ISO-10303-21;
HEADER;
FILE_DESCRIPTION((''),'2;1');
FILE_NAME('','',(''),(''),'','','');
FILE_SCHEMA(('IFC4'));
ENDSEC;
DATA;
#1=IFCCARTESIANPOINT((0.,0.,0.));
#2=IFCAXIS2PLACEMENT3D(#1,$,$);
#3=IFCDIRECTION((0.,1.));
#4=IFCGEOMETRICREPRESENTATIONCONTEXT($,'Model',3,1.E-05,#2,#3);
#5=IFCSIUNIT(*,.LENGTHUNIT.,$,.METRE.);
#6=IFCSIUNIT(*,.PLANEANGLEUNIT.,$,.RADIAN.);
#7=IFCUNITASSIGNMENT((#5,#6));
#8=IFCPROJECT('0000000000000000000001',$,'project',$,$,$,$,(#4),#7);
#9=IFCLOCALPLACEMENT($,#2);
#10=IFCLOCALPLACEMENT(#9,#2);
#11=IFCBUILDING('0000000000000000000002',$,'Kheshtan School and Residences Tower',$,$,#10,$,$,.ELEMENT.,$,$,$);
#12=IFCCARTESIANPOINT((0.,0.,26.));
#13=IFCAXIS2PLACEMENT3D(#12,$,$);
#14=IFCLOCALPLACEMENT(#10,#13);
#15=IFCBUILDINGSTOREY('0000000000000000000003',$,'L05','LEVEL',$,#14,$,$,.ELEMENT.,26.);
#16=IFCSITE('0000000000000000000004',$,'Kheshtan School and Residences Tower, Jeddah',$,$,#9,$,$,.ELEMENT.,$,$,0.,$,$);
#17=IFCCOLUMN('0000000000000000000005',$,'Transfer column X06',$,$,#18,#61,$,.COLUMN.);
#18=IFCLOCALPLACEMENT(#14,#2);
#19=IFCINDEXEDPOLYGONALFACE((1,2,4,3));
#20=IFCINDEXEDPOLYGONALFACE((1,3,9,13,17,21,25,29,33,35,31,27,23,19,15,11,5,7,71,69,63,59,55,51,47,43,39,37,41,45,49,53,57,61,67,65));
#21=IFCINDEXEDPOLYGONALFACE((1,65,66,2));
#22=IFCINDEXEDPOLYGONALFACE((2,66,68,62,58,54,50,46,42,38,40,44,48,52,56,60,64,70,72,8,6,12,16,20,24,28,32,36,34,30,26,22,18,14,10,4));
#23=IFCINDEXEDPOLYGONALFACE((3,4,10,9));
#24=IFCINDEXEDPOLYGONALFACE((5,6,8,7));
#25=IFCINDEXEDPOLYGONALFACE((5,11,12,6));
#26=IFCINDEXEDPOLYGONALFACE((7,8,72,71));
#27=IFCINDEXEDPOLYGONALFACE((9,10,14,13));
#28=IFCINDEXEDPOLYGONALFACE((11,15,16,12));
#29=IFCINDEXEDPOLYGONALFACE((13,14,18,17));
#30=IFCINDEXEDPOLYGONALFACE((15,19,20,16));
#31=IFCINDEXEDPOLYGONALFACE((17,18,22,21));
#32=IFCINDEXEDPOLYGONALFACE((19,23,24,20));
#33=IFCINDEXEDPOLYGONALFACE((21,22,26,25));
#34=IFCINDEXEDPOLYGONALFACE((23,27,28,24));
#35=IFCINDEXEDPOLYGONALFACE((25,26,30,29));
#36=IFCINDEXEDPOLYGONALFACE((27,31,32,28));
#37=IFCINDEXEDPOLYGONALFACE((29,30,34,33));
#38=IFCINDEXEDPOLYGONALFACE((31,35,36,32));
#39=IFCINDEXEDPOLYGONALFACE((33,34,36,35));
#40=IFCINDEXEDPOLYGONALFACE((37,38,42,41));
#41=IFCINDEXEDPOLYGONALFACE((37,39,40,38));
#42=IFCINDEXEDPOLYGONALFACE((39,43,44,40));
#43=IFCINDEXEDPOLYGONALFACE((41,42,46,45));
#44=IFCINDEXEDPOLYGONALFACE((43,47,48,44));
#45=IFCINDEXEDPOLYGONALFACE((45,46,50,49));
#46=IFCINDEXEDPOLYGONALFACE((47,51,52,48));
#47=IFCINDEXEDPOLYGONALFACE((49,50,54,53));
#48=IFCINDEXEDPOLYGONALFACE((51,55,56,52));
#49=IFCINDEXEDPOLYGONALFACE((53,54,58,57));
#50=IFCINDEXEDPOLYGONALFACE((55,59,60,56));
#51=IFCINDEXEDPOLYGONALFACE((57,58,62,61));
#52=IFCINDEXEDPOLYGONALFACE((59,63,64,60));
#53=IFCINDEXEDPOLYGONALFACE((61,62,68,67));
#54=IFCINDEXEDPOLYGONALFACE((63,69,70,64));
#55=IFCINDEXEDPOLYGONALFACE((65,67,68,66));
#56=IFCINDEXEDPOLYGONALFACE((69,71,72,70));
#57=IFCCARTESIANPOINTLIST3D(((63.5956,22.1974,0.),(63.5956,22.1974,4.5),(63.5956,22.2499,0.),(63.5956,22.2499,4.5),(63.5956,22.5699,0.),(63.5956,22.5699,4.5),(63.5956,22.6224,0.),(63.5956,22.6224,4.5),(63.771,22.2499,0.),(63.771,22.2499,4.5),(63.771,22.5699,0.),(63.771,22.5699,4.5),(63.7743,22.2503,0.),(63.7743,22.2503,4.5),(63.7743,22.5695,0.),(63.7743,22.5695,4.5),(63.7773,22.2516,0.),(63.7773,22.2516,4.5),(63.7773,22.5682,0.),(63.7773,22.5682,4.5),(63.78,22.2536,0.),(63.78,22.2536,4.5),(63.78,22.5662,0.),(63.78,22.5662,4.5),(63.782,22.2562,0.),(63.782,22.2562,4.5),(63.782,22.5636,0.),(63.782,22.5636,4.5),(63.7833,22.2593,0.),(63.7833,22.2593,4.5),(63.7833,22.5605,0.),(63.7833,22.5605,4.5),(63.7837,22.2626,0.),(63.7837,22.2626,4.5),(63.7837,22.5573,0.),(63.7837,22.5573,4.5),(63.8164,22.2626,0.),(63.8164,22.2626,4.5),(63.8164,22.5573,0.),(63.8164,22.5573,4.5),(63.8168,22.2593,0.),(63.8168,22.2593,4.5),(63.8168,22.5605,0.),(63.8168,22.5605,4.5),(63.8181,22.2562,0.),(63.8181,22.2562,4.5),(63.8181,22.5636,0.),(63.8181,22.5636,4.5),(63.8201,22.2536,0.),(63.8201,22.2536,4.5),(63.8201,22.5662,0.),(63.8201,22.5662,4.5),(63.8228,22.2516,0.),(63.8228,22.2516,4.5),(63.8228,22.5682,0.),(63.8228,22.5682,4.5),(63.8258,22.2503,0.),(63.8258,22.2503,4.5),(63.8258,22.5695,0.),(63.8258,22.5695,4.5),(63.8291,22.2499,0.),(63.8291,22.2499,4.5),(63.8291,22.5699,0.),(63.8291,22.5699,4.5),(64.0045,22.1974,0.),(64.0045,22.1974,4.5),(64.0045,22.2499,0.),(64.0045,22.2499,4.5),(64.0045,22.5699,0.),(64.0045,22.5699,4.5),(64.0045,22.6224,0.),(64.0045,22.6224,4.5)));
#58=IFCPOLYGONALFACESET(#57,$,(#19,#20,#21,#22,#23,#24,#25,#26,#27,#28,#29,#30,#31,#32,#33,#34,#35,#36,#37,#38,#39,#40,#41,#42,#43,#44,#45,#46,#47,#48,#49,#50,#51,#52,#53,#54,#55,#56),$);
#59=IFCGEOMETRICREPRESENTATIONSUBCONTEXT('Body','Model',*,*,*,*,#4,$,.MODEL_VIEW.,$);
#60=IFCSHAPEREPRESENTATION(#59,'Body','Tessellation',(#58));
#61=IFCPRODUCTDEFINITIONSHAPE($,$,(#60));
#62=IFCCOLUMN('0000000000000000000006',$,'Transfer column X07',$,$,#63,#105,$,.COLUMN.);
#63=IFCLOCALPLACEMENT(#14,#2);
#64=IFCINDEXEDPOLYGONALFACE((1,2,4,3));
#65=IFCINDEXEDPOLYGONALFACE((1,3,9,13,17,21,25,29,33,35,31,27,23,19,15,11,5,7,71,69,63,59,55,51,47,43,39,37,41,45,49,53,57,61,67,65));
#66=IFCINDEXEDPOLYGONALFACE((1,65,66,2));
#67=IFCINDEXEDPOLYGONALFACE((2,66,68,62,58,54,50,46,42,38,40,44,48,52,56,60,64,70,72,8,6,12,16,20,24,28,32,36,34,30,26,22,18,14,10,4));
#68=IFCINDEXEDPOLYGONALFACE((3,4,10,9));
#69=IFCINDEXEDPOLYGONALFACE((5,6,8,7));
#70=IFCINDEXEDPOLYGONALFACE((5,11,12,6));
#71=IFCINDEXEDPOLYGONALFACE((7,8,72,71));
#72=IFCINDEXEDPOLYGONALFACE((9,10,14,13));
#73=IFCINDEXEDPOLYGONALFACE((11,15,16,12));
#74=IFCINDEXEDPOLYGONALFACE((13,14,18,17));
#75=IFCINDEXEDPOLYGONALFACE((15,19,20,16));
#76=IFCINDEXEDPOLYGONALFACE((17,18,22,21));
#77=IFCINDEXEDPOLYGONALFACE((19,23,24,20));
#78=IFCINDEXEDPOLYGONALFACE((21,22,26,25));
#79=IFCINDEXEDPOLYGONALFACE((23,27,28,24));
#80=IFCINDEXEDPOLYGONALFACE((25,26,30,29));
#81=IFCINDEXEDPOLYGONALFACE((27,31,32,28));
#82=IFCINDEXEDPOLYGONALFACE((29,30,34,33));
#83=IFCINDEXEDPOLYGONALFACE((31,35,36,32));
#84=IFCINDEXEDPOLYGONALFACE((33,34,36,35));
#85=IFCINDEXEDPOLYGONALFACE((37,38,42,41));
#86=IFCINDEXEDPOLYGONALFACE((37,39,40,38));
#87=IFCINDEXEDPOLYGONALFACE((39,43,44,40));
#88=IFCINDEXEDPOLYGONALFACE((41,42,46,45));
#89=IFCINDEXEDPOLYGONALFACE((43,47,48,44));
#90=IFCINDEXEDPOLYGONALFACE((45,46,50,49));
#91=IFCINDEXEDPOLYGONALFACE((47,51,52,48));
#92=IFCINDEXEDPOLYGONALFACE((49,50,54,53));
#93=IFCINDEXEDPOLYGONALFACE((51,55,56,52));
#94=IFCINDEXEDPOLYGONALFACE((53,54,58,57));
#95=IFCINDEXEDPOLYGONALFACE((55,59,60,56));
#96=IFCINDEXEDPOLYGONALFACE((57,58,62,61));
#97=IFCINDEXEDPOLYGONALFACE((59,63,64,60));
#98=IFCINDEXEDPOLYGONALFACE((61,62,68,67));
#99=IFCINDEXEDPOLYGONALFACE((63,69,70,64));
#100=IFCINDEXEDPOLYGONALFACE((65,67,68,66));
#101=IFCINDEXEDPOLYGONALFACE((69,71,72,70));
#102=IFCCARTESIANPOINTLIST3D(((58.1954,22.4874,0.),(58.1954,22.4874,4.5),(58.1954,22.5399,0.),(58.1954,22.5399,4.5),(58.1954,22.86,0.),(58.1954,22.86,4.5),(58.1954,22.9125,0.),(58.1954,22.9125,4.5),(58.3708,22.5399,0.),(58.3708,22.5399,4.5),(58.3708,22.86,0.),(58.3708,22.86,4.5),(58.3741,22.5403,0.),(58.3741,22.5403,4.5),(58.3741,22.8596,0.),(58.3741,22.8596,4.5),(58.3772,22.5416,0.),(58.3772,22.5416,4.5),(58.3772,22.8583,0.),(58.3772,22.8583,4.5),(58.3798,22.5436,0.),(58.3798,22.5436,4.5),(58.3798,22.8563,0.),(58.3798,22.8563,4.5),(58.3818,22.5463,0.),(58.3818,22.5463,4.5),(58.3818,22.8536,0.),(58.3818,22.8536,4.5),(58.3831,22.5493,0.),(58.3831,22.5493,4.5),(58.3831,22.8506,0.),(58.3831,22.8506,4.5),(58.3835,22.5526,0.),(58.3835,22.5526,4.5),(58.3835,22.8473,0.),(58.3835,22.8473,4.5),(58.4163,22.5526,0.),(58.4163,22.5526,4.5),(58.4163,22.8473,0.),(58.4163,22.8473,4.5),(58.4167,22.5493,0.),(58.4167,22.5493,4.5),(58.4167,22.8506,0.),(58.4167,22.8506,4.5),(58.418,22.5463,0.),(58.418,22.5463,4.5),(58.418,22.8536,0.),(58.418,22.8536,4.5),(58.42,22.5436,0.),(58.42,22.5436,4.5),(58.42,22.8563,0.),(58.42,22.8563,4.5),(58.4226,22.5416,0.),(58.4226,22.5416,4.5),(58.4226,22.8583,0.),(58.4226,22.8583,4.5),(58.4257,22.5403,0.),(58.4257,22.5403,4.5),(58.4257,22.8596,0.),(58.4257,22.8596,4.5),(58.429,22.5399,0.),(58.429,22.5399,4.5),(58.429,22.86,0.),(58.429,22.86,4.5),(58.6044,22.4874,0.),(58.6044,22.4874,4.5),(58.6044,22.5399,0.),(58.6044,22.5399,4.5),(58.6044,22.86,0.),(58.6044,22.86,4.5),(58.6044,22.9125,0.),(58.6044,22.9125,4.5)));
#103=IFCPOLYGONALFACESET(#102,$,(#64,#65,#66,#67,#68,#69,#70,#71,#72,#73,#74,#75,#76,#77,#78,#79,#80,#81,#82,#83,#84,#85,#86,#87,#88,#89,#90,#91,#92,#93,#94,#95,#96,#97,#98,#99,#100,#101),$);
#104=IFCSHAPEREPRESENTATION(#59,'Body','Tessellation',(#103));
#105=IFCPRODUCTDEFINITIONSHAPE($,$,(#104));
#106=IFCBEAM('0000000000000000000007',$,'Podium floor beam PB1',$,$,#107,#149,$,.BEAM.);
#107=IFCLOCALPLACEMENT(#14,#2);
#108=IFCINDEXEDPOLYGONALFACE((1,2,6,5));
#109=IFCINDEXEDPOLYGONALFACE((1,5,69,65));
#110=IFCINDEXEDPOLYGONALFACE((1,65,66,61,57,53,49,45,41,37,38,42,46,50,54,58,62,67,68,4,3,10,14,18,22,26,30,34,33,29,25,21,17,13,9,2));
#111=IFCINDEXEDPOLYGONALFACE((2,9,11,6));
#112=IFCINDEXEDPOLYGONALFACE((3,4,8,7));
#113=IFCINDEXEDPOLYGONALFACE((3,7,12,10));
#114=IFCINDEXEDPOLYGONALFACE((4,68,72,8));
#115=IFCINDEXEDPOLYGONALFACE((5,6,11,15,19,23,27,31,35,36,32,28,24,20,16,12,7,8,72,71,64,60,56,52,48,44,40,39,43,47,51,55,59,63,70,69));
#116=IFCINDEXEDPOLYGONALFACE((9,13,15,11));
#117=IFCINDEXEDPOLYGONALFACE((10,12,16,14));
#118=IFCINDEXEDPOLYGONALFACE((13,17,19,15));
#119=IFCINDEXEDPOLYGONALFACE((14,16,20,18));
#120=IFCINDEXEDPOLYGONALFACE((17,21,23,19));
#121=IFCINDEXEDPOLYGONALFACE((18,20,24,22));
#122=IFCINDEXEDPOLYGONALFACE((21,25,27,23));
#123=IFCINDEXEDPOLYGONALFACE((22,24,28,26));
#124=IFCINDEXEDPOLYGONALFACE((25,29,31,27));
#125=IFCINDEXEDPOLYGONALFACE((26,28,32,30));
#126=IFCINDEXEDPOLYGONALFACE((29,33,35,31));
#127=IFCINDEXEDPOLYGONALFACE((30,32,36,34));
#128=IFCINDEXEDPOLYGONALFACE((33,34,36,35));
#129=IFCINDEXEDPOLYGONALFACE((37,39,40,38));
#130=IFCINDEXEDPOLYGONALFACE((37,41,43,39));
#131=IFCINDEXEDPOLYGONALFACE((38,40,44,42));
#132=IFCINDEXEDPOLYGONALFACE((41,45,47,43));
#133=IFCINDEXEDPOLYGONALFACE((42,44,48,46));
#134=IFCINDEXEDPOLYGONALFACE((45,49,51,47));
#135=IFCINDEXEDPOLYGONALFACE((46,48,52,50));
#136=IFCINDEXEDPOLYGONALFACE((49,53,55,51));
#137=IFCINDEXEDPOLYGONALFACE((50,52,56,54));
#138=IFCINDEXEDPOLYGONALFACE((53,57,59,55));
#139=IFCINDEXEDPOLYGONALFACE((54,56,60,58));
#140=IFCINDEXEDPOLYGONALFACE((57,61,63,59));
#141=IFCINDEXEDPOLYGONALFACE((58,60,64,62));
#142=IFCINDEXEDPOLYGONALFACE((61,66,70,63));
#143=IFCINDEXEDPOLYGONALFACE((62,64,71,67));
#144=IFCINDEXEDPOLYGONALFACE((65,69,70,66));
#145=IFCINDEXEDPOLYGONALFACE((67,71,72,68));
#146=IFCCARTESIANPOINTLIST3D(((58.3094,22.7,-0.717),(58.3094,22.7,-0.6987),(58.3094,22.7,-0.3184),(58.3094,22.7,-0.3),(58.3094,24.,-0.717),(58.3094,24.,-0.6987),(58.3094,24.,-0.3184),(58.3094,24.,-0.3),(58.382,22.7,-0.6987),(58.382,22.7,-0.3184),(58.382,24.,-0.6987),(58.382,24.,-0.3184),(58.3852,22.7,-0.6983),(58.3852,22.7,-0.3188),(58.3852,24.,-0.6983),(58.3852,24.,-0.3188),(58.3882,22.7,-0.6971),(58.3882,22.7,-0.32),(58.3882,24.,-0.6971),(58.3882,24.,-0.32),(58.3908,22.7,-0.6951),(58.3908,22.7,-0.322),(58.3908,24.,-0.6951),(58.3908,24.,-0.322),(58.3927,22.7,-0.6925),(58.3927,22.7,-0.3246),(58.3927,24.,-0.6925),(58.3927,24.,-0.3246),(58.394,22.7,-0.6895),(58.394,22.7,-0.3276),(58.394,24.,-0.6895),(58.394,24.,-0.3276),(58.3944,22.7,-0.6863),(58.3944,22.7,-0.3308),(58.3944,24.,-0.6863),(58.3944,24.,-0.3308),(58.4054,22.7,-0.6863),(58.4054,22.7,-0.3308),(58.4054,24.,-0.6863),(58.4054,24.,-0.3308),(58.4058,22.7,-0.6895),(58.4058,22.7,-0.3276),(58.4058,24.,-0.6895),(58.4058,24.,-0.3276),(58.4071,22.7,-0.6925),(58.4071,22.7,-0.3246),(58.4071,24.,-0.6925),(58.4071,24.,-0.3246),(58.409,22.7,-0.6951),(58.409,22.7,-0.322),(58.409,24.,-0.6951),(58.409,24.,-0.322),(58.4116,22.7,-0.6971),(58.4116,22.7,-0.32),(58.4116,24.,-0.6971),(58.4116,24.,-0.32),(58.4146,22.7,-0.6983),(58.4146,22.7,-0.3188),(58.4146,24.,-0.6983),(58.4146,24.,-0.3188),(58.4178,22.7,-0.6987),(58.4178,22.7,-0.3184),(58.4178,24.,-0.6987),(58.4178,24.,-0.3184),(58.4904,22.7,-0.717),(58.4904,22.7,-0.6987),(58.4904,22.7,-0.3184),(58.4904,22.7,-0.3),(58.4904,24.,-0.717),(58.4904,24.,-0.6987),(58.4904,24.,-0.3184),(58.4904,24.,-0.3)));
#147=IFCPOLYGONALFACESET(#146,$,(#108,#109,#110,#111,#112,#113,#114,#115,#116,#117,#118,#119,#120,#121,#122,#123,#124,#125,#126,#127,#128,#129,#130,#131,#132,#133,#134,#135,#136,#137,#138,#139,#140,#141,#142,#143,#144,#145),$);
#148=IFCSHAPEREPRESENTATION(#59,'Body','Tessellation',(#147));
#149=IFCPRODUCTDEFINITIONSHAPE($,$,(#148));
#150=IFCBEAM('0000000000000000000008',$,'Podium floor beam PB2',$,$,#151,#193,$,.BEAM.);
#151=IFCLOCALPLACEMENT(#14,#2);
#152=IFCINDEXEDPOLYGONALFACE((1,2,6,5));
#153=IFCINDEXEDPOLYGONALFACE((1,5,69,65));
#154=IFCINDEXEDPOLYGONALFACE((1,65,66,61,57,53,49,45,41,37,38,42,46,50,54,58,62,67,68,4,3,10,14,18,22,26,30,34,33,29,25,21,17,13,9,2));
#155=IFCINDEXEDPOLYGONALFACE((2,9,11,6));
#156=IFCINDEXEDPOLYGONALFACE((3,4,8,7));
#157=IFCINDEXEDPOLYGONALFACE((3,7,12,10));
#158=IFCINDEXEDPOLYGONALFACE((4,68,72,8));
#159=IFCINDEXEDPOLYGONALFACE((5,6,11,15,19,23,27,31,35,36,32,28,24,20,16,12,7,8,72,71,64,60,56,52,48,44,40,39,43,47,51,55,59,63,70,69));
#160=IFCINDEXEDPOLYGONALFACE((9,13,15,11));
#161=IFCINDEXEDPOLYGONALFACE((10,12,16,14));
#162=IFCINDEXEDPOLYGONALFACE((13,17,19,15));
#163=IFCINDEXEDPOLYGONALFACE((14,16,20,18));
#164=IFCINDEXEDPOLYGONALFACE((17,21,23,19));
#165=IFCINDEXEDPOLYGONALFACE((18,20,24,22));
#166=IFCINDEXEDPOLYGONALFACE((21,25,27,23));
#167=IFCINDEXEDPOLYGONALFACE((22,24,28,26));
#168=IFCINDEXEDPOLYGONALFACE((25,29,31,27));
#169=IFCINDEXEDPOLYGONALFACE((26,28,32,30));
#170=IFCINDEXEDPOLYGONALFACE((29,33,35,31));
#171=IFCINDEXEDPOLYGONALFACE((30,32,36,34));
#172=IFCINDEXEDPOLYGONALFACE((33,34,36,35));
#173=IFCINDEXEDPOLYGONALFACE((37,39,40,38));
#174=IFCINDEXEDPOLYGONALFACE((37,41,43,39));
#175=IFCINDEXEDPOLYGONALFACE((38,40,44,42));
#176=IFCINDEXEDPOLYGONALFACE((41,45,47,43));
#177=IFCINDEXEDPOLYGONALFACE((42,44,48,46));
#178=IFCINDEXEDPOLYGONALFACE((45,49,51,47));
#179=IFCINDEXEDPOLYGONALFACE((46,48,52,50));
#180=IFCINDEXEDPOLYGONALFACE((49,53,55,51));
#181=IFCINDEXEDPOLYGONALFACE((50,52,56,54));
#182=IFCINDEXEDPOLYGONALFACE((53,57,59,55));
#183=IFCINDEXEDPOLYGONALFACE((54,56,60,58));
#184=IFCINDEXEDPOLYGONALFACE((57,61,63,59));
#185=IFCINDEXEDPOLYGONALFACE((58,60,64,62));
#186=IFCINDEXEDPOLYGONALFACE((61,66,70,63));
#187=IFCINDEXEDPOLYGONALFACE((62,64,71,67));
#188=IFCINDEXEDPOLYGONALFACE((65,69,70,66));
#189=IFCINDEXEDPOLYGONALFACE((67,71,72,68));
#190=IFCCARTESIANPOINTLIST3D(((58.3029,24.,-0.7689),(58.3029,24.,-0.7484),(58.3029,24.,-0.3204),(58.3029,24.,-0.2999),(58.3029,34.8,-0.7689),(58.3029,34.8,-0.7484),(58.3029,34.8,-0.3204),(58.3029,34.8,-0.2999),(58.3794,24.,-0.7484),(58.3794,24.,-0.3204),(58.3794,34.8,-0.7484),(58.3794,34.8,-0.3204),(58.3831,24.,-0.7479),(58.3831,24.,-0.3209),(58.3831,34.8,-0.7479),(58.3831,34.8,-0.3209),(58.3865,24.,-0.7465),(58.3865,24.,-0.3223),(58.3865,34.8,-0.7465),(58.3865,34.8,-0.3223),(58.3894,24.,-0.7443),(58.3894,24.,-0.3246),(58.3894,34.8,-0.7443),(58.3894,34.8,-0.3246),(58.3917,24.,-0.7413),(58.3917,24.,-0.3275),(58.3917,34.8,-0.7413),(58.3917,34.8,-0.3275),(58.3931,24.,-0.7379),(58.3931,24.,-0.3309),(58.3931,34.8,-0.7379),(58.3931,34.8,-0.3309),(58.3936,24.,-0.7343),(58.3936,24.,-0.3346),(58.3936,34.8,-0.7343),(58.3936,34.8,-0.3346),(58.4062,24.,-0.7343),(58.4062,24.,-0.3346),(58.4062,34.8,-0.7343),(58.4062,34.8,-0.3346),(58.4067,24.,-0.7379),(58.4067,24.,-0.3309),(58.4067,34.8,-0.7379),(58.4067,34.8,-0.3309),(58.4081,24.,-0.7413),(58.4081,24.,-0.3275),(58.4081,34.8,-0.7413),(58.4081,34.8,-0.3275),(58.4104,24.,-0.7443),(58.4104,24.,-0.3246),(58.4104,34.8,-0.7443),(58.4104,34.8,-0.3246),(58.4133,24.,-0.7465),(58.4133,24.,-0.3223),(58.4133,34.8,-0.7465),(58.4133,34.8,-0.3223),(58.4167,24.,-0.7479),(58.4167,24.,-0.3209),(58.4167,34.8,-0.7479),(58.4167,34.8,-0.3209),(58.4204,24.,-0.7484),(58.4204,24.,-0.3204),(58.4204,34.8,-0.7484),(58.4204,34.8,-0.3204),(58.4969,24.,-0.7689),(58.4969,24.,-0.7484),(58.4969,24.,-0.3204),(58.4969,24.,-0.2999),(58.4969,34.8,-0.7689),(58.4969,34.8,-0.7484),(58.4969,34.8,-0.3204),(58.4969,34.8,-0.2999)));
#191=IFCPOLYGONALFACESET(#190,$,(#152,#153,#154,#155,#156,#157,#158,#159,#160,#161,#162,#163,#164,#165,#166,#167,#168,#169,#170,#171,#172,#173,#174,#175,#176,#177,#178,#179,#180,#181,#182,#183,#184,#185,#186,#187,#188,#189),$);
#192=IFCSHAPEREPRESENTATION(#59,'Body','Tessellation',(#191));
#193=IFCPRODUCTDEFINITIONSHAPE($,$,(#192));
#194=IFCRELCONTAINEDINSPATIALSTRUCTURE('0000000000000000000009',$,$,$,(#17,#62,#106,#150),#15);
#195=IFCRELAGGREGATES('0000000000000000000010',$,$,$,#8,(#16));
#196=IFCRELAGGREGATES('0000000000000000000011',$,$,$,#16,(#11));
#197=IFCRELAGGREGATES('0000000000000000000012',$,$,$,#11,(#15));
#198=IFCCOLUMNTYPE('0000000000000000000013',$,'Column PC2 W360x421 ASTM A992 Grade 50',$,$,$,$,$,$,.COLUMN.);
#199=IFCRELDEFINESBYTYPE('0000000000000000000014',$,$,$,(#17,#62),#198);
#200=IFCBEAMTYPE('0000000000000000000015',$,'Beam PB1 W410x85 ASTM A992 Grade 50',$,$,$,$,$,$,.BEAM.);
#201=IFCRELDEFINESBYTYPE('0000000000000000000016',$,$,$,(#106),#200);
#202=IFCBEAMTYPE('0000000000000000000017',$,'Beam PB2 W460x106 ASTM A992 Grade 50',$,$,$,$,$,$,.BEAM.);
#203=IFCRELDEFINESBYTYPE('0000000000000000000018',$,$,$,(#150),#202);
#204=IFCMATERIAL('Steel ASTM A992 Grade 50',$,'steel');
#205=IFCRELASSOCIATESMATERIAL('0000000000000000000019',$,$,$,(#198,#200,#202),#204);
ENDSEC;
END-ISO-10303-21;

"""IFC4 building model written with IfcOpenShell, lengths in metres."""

from ifc_helpers import new_model, si_unit, direction, frame, origin, origin_2d, place, context, subcontext, project, spatial, i_section, extrude, material, material_profile, profile_set, type_object, element, save


model = new_model("IFC4")

# Units and contexts
model_context = context("Model", 3, precision=1e-05, world=origin(), true_north=direction((0.0, 1.0)))
body_context = subcontext(model_context, "Body", "Model", "MODEL_VIEW")
ifc_project = project(units=[si_unit("LENGTHUNIT", "METRE"), si_unit("PLANEANGLEUNIT", "RADIAN")], contexts=[model_context])

# Site, building, storey
site_placement = place(None, origin())
site = spatial("IfcSite", under=ifc_project, at=site_placement, Name="Kheshtan School and Residences Tower, Jeddah", CompositionType="ELEMENT", RefElevation=0.0)
building_placement = place(site_placement, origin())
building = spatial("IfcBuilding", under=site, at=building_placement, Name="Kheshtan School and Residences Tower", CompositionType="ELEMENT")
storey_placement = place(building_placement, frame((0.0, 0.0, 26.0)))
storey = spatial("IfcBuildingStorey", under=building, at=storey_placement, Name="L05", Description="LEVEL", CompositionType="ELEMENT", Elevation=26.0)

# Columns
ifc_material_1 = material(Name="Steel ASTM A992 Grade 50", Category="steel")
ifc_material_profile_1 = material_profile(ifc_material_1, i_section(OverallWidth=0.4089, OverallDepth=0.425, WebThickness=0.0327, FlangeThickness=0.0525, FilletRadius=0.0127, at=origin_2d()), Name="W360x421")
ifc_profile_set_1 = profile_set([ifc_material_profile_1], Name="Steel ASTM A992 Grade 50")
column_type = type_object("IfcColumnType", Name="Column PC2 W360x421 ASTM A992 Grade 50", PredefinedType="COLUMN", material=ifc_profile_set_1)
for number, where, z_axis, x_axis, name in (
    (1, (63.8, 22.4099, 0.0), (0.0, 0.0, 1.0), (1.0, 0.0, 0.0), "Transfer column X06"),
    (2, (58.3999, 22.7, 0.0), (0.0, 0.0, 1.0), (1.0, 0.0, 0.0), "Transfer column X07"),
):
    element("IfcColumn", number, at=place(storey_placement, frame(where, z_axis=z_axis, x_axis=x_axis)), inside=storey, type_object=column_type, Name=name, PredefinedType="COLUMN", context=body_context, shape_type="SweptSolid", body=[
        extrude(i_section(OverallWidth=0.4089, OverallDepth=0.425, WebThickness=0.0327, FlangeThickness=0.0525, FilletRadius=0.0127, at=origin_2d()), origin(), (0.0, 0.0, 1.0), 4.5),
    ])

# Beams
ifc_material_profile_2 = material_profile(ifc_material_1, i_section(OverallWidth=0.1809, OverallDepth=0.417, WebThickness=0.011, FlangeThickness=0.0183, FilletRadius=0.0125, at=origin_2d()), Name="W410x85")
ifc_profile_set_2 = profile_set([ifc_material_profile_2], Name="Steel ASTM A992 Grade 50")
beam_type_1 = type_object("IfcBeamType", Name="Beam PB1 W410x85 ASTM A992 Grade 50", PredefinedType="BEAM", material=ifc_profile_set_2)
beam_1_placement = place(storey_placement, frame((58.3999, 22.7, -0.5085), z_axis=(0.0, 1.0, 0.0), x_axis=(-1.0, 0.0, 0.0)))
element("IfcBeam", 3, at=beam_1_placement, inside=storey, type_object=beam_type_1, Name="Podium floor beam PB1", PredefinedType="BEAM", context=body_context, shape_type="SweptSolid", body=[
    extrude(i_section(OverallWidth=0.1809, OverallDepth=0.417, WebThickness=0.011, FlangeThickness=0.0183, FilletRadius=0.0125, at=origin_2d()), origin(), (0.0, 0.0, 1.0), 1.3),
])
ifc_material_profile_3 = material_profile(ifc_material_1, i_section(OverallWidth=0.1941, OverallDepth=0.469, WebThickness=0.0127, FlangeThickness=0.0205, FilletRadius=0.0142, at=origin_2d()), Name="W460x106")
ifc_profile_set_3 = profile_set([ifc_material_profile_3], Name="Steel ASTM A992 Grade 50")
beam_type_2 = type_object("IfcBeamType", Name="Beam PB2 W460x106 ASTM A992 Grade 50", PredefinedType="BEAM", material=ifc_profile_set_3)
beam_2_placement = place(storey_placement, frame((58.3999, 24.0, -0.5344), z_axis=(0.0, 1.0, 0.0), x_axis=(-1.0, 0.0, 0.0)))
element("IfcBeam", 4, at=beam_2_placement, inside=storey, type_object=beam_type_2, Name="Podium floor beam PB2", PredefinedType="BEAM", context=body_context, shape_type="SweptSolid", body=[
    extrude(i_section(OverallWidth=0.1941, OverallDepth=0.469, WebThickness=0.0127, FlangeThickness=0.0205, FilletRadius=0.0142, at=origin_2d()), origin(), (0.0, 0.0, 1.0), 10.8),
])

save(model, "model.ifc")
